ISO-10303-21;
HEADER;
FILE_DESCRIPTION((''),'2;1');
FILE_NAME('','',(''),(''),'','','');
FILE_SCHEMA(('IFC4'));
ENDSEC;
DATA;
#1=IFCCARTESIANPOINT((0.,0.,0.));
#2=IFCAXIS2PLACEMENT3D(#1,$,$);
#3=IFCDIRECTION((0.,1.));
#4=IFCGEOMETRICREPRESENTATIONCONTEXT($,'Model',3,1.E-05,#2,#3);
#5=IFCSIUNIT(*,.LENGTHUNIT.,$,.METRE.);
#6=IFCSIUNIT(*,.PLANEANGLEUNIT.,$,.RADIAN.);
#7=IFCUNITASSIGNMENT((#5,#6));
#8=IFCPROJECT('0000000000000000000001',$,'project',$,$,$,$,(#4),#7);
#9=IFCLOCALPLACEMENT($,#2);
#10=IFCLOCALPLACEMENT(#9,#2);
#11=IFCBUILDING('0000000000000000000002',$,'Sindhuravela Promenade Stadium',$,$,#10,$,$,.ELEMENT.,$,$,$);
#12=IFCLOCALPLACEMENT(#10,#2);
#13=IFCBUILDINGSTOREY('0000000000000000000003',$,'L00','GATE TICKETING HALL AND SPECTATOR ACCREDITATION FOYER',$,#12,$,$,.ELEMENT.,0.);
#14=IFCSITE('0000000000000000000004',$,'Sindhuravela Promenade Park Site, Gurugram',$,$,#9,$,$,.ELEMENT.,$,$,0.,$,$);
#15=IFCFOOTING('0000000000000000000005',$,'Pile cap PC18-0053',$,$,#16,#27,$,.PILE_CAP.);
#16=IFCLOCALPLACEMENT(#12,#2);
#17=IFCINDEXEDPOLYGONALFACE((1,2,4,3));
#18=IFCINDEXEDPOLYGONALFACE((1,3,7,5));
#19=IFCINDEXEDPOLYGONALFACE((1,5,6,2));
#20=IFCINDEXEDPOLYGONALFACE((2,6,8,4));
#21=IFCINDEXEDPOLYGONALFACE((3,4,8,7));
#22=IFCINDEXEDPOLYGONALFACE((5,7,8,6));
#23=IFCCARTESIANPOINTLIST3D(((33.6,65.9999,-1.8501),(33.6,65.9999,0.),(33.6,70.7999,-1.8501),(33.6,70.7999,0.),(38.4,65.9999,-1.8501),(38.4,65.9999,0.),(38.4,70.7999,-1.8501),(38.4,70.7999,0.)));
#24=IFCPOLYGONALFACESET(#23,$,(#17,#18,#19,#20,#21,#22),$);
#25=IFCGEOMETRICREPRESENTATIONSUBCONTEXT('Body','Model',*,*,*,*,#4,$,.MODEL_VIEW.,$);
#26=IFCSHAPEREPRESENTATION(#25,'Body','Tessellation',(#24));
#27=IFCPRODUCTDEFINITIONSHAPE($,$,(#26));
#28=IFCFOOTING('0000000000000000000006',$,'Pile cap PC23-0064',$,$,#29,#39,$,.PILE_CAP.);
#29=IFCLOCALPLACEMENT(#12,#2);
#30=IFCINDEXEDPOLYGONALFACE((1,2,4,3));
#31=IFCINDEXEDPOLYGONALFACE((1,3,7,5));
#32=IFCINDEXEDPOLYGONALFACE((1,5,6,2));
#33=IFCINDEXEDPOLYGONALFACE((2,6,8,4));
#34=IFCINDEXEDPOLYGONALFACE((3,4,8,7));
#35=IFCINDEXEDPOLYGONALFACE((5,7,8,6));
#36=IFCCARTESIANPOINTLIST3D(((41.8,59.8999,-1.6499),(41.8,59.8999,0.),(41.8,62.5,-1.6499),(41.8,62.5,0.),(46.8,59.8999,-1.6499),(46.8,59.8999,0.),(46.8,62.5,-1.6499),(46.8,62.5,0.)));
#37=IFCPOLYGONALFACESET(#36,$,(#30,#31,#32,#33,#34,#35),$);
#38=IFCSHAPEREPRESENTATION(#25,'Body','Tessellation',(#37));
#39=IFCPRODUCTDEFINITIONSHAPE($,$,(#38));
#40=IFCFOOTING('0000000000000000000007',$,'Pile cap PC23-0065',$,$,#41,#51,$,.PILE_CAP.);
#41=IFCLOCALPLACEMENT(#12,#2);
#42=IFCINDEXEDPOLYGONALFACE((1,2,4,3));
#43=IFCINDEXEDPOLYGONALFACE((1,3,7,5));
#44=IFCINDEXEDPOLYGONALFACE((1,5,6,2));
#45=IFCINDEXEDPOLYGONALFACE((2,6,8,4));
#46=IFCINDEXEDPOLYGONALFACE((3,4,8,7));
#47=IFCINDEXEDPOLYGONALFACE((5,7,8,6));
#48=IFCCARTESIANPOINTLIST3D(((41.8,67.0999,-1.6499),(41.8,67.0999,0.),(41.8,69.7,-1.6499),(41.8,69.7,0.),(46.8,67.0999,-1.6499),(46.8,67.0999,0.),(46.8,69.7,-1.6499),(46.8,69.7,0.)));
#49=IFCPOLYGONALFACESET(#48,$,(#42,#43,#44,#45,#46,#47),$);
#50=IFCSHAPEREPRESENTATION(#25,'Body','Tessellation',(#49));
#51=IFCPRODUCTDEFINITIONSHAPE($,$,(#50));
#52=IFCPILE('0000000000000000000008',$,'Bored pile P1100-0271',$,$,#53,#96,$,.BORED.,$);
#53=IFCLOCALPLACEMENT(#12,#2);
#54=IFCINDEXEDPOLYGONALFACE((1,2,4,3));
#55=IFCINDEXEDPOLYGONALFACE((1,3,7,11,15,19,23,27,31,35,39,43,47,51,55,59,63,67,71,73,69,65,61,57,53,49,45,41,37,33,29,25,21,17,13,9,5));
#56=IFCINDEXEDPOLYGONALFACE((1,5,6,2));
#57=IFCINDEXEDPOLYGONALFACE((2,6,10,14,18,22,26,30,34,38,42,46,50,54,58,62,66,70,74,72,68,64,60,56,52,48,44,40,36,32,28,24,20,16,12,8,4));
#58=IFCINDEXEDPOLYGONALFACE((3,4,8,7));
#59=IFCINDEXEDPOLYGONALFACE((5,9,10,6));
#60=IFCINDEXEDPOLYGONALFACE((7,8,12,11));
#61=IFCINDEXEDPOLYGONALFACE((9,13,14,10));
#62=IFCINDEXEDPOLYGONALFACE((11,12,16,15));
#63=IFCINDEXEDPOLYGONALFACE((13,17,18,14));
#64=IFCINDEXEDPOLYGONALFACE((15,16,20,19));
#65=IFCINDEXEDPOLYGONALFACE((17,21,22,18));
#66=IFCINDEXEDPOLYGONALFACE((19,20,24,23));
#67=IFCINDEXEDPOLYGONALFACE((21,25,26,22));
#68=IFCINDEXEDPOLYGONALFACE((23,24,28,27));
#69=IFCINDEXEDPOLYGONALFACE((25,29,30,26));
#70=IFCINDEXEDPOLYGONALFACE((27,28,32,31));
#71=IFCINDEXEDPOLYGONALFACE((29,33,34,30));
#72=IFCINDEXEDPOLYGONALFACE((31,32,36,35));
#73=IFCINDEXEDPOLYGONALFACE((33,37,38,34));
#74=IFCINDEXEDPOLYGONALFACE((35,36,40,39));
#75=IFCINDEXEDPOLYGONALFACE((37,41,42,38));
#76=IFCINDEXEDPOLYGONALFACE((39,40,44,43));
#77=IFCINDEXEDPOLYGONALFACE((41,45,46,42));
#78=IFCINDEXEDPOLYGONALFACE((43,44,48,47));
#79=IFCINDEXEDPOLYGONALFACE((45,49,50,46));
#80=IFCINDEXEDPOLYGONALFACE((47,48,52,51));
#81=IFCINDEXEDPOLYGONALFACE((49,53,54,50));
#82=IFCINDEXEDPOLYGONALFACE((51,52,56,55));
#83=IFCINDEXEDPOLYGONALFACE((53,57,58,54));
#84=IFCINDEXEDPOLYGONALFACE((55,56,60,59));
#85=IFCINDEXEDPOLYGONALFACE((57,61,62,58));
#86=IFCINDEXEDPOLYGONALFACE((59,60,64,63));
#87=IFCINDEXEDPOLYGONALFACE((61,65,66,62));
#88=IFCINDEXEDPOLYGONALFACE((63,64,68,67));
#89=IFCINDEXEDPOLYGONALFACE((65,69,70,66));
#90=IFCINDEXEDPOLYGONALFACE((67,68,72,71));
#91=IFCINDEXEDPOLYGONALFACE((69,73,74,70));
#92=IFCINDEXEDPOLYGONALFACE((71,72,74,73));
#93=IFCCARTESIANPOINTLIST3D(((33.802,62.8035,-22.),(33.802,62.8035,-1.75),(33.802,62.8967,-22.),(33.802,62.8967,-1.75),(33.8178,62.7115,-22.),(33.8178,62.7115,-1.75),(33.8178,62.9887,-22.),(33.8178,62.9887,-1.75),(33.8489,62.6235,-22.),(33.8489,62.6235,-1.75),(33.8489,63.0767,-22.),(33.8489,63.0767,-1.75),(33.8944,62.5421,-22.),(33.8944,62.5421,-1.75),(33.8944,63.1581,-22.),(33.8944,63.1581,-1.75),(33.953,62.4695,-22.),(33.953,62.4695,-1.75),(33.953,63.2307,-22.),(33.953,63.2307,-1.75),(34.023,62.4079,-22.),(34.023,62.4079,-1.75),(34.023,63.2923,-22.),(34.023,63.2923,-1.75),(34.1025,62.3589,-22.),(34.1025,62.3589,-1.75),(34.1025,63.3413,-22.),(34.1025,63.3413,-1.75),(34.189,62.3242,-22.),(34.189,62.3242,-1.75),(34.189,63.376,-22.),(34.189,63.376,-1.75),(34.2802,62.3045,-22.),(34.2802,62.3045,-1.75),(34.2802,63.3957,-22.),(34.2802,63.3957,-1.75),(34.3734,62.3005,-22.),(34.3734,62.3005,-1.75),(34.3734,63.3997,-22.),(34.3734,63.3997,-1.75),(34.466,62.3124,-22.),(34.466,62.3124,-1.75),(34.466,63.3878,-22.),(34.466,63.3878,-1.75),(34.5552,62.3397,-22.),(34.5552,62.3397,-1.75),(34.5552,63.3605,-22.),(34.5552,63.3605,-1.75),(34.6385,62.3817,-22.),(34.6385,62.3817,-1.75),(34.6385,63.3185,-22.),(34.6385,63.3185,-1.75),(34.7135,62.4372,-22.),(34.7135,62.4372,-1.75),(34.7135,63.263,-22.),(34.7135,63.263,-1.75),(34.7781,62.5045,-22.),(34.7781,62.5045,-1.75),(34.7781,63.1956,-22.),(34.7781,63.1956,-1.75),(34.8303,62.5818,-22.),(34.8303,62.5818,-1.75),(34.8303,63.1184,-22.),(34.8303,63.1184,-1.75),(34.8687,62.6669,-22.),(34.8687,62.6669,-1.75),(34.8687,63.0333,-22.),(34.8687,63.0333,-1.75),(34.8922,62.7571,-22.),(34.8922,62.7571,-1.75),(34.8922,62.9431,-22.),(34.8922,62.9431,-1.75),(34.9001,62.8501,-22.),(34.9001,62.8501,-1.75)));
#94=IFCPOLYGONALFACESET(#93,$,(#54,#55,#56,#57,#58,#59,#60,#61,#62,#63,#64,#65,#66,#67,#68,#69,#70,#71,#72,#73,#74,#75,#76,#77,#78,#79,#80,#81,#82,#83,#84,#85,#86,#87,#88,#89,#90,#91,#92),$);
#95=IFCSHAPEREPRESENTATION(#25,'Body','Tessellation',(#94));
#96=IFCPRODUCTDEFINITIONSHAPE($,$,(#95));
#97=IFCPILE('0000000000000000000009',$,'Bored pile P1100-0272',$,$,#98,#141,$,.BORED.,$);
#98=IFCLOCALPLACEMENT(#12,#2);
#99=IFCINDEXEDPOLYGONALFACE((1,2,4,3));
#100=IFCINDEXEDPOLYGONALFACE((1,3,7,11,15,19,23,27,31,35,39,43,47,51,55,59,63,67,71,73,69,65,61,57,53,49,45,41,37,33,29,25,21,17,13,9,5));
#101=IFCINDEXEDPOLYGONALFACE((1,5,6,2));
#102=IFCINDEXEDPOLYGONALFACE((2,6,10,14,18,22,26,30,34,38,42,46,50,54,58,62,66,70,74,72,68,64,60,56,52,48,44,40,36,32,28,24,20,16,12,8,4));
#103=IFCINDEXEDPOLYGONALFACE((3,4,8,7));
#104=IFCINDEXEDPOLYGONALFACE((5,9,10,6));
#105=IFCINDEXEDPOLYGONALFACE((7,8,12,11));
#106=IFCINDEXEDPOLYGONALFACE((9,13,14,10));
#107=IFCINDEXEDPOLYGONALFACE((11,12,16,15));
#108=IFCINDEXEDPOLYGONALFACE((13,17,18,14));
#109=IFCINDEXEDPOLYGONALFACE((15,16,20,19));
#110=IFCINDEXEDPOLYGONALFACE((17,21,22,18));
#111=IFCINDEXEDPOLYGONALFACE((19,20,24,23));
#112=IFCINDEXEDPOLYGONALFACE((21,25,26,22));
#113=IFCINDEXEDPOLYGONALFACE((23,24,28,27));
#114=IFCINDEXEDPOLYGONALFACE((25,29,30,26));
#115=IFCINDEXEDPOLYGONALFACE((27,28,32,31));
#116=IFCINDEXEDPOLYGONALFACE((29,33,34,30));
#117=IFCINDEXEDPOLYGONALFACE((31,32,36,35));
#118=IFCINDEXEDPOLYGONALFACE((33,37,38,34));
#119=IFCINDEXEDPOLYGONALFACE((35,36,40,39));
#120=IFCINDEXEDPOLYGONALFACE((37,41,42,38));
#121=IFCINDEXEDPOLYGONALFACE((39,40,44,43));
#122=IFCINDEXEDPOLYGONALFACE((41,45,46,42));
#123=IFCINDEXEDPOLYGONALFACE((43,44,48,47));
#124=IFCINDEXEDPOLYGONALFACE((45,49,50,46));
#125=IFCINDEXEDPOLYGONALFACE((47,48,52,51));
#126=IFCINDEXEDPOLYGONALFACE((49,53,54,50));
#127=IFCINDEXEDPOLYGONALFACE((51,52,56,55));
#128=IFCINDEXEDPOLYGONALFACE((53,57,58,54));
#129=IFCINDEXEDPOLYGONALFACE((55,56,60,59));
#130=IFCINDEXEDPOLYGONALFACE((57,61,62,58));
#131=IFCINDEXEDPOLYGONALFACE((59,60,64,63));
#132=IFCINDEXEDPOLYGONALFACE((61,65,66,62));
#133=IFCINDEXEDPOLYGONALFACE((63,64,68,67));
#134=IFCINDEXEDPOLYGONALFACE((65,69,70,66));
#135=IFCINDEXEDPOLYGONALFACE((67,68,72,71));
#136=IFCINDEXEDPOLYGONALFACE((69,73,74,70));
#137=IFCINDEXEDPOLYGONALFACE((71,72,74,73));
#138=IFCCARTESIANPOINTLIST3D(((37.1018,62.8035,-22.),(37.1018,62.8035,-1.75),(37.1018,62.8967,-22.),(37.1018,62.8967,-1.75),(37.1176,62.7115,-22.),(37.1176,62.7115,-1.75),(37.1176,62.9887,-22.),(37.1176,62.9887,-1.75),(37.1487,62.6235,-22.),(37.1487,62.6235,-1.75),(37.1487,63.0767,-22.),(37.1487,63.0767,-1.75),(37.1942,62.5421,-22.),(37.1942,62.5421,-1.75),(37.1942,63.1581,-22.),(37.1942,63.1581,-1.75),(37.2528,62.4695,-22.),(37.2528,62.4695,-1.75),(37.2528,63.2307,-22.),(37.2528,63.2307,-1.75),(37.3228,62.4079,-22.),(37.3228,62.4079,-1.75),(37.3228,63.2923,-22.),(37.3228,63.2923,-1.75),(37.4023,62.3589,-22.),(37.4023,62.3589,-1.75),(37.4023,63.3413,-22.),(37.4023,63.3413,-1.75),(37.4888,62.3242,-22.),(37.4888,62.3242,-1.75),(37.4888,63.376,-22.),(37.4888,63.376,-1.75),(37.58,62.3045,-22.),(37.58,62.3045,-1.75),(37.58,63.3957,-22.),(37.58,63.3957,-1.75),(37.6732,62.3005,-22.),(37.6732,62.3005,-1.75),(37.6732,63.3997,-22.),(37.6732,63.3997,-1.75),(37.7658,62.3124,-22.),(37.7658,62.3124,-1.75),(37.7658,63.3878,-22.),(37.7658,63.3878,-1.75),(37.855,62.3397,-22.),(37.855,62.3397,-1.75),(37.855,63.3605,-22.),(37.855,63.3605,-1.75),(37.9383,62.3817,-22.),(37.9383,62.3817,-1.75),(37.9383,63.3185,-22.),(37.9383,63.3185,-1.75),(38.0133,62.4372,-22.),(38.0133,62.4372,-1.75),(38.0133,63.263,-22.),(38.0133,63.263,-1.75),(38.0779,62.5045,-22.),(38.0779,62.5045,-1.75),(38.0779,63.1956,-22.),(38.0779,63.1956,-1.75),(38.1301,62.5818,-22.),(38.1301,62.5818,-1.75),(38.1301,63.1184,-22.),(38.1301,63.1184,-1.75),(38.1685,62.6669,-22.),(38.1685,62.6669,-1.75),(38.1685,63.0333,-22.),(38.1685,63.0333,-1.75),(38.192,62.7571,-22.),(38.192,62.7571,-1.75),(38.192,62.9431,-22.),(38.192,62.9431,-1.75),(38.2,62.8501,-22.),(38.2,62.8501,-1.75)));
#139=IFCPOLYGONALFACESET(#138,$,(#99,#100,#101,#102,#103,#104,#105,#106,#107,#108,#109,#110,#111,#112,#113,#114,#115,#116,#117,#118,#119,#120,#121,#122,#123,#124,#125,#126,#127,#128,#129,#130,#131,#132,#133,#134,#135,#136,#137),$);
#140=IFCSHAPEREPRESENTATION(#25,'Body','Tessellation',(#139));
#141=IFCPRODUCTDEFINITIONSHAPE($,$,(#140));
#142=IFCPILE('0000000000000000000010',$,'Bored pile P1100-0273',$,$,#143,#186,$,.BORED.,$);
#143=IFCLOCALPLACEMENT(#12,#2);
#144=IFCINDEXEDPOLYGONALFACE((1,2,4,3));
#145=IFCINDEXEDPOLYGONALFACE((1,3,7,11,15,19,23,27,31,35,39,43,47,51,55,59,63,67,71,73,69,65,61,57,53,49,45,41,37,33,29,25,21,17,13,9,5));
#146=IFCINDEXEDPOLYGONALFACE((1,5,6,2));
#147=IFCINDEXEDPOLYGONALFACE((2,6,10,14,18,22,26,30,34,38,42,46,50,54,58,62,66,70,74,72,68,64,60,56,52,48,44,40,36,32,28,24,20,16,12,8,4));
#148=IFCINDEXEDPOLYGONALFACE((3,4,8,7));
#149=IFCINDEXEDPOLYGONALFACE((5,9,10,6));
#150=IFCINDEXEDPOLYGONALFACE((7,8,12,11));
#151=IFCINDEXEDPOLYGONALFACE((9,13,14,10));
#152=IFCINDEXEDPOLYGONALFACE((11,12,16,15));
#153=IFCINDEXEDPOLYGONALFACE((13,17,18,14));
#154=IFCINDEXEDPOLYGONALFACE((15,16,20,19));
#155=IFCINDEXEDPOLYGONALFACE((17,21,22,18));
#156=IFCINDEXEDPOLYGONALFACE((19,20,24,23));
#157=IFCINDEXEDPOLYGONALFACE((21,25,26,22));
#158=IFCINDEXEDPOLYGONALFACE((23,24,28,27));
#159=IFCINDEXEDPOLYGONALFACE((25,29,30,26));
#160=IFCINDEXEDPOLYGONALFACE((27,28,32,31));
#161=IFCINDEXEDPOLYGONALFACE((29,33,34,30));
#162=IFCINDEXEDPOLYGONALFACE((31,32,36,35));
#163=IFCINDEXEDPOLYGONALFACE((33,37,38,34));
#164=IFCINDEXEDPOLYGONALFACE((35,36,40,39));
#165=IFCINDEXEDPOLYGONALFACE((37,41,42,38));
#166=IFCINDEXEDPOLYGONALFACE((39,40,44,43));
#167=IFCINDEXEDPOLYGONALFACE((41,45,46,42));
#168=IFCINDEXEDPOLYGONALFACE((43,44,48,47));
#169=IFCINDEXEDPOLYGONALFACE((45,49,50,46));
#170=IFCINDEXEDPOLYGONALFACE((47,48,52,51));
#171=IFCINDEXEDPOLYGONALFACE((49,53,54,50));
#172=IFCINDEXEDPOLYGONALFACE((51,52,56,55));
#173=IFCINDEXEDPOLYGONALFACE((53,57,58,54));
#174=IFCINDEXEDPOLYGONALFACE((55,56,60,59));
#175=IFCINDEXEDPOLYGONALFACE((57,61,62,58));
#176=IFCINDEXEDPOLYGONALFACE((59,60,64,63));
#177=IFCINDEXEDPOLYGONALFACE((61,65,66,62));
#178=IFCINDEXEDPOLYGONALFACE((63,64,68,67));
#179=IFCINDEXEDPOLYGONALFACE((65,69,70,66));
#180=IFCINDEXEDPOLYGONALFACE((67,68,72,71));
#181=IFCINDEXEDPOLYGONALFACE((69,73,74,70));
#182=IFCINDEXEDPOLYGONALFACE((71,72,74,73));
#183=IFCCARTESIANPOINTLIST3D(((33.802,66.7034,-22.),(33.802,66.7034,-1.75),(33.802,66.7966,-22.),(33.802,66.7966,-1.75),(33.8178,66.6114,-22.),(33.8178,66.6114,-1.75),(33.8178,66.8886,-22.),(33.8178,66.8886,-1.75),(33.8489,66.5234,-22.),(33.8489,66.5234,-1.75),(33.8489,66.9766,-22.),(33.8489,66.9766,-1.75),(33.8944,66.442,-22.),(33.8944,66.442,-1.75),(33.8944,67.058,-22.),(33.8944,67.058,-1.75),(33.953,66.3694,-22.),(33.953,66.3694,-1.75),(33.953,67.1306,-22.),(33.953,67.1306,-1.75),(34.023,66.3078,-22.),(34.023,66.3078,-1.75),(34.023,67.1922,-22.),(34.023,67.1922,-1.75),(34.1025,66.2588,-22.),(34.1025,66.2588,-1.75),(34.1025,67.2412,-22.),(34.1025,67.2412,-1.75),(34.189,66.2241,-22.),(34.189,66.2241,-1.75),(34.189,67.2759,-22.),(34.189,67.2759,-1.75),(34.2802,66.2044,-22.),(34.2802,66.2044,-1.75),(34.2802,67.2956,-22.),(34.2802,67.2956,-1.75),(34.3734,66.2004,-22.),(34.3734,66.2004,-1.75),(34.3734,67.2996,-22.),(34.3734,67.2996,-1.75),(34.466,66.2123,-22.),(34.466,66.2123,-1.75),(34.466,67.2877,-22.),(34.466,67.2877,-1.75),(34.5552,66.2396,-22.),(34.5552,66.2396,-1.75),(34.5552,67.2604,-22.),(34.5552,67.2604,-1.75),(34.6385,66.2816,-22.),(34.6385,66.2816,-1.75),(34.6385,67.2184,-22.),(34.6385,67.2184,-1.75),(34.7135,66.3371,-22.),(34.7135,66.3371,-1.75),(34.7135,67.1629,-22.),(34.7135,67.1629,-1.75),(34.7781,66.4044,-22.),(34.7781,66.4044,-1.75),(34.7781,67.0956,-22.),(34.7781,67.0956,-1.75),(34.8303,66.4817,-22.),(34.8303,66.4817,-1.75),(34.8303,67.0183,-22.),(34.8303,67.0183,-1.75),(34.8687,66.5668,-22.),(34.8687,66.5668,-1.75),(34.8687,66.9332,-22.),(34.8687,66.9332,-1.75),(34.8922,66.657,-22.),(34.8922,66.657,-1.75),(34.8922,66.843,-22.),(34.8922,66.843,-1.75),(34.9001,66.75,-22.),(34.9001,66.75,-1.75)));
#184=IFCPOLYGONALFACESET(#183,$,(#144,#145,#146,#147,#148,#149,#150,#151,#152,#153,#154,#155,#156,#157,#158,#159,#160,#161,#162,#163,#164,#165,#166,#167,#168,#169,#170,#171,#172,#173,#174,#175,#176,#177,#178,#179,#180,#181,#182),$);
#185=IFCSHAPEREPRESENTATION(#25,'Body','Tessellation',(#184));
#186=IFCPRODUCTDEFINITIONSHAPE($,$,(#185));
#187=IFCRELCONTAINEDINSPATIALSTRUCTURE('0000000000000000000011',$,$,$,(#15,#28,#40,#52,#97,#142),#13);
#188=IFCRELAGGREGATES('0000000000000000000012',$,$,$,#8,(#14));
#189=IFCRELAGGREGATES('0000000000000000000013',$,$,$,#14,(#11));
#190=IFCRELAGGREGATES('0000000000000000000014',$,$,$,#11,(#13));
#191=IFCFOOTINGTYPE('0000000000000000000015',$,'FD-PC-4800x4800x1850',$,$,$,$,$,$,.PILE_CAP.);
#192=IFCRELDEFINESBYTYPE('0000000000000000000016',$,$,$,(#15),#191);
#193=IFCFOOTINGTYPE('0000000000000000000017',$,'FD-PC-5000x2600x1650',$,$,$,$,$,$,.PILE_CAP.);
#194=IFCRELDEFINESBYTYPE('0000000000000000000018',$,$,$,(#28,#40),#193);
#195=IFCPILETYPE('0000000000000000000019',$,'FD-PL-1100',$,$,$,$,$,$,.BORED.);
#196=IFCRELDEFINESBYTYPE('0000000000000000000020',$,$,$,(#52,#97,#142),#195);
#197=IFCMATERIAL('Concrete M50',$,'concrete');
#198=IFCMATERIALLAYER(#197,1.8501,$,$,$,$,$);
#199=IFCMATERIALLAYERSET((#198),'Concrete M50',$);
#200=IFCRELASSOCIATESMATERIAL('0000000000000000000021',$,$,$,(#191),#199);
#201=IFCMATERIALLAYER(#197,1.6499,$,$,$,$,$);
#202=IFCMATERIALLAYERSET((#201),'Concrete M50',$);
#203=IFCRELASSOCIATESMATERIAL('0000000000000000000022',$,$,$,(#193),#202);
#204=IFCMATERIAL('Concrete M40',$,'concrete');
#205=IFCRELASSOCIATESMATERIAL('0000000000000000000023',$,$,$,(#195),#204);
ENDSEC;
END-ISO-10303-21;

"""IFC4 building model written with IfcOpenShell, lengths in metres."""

from ifc_helpers import new_model, si_unit, direction, frame, origin, origin_2d, place, context, subcontext, project, spatial, rectangle, circle, extrude, material, layer, layer_set, material_profile, profile_set, type_object, element, save


model = new_model("IFC4")

# Units and contexts
model_context = context("Model", 3, precision=1e-05, world=origin(), true_north=direction((0.0, 1.0)))
body_context = subcontext(model_context, "Body", "Model", "MODEL_VIEW")
ifc_project = project(units=[si_unit("LENGTHUNIT", "METRE"), si_unit("PLANEANGLEUNIT", "RADIAN")], contexts=[model_context])

# Site, building, storey
site_placement = place(None, origin())
site = spatial("IfcSite", under=ifc_project, at=site_placement, Name="Sindhuravela Promenade Park Site, Gurugram", CompositionType="ELEMENT", RefElevation=0.0)
building_placement = place(site_placement, origin())
building = spatial("IfcBuilding", under=site, at=building_placement, Name="Sindhuravela Promenade Stadium", CompositionType="ELEMENT")
storey_placement = place(building_placement, origin())
storey = spatial("IfcBuildingStorey", under=building, at=storey_placement, Name="L00", Description="GATE TICKETING HALL AND SPECTATOR ACCREDITATION FOYER", CompositionType="ELEMENT", Elevation=0.0)

# Footings
ifc_material_1 = material(Name="Concrete M50", Category="concrete")
ifc_layer_1 = layer(ifc_material_1, 1.8501)
ifc_layer_set_1 = layer_set([ifc_layer_1], Name="Concrete M50")
footing_type_1 = type_object("IfcFootingType", Name="FD-PC-4800x4800x1850", PredefinedType="PILE_CAP", material=ifc_layer_set_1)
footing_placement = place(storey_placement, frame((36.0, 68.3999, -1.8501), z_axis=(0.0, 0.0, 1.0), x_axis=(1.0, 0.0, 0.0)))
element("IfcFooting", 1, at=footing_placement, inside=storey, type_object=footing_type_1, Name="Pile cap PC18-0053", PredefinedType="PILE_CAP", context=body_context, shape_type="SweptSolid", body=[
    extrude(rectangle(XDim=4.8, YDim=4.8, at=origin_2d()), origin(), (0.0, 0.0, 1.0), 1.8501),
])
ifc_layer_2 = layer(ifc_material_1, 1.6499)
ifc_layer_set_2 = layer_set([ifc_layer_2], Name="Concrete M50")
footing_type_2 = type_object("IfcFootingType", Name="FD-PC-5000x2600x1650", PredefinedType="PILE_CAP", material=ifc_layer_set_2)
for number, where, z_axis, x_axis, name in (
    (2, (44.3, 61.2, -1.6499), (0.0, 0.0, 1.0), (1.0, 0.0, 0.0), "Pile cap PC23-0064"),
    (3, (44.3, 68.3999, -1.6499), (0.0, 0.0, 1.0), (1.0, 0.0, 0.0), "Pile cap PC23-0065"),
):
    element("IfcFooting", number, at=place(storey_placement, frame(where, z_axis=z_axis, x_axis=x_axis)), inside=storey, type_object=footing_type_2, Name=name, PredefinedType="PILE_CAP", context=body_context, shape_type="SweptSolid", body=[
        extrude(rectangle(XDim=5.0, YDim=2.6001, at=origin_2d()), origin(), (0.0, 0.0, 1.0), 1.6499),
    ])

# Piles
ifc_material_2 = material(Name="Concrete M40", Category="concrete")
ifc_material_profile_1 = material_profile(ifc_material_2, circle(Radius=0.55, at=origin_2d()), Name="BORED PILE D1100")
ifc_profile_set_1 = profile_set([ifc_material_profile_1], Name="Concrete M40")
pile_type = type_object("IfcPileType", Name="FD-PL-1100", PredefinedType="BORED", material=ifc_profile_set_1)
for number, where, z_axis, x_axis, name in (
    (4, (34.3501, 62.8501, -1.75), (0.0, 0.0, -1.0), (1.0, 0.0, 0.0), "Bored pile P1100-0271"),
    (5, (37.6499, 62.8501, -1.75), (0.0, 0.0, -1.0), (1.0, 0.0, 0.0), "Bored pile P1100-0272"),
    (6, (34.3501, 66.75, -1.75), (0.0, 0.0, -1.0), (1.0, 0.0, 0.0), "Bored pile P1100-0273"),
):
    element("IfcPile", number, at=place(storey_placement, frame(where, z_axis=z_axis, x_axis=x_axis)), inside=storey, type_object=pile_type, Name=name, PredefinedType="BORED", context=body_context, shape_type="SweptSolid", body=[
        extrude(circle(Radius=0.55, at=origin_2d()), origin(), (0.0, 0.0, 1.0), 20.25),
    ])

save(model, "model.ifc")
